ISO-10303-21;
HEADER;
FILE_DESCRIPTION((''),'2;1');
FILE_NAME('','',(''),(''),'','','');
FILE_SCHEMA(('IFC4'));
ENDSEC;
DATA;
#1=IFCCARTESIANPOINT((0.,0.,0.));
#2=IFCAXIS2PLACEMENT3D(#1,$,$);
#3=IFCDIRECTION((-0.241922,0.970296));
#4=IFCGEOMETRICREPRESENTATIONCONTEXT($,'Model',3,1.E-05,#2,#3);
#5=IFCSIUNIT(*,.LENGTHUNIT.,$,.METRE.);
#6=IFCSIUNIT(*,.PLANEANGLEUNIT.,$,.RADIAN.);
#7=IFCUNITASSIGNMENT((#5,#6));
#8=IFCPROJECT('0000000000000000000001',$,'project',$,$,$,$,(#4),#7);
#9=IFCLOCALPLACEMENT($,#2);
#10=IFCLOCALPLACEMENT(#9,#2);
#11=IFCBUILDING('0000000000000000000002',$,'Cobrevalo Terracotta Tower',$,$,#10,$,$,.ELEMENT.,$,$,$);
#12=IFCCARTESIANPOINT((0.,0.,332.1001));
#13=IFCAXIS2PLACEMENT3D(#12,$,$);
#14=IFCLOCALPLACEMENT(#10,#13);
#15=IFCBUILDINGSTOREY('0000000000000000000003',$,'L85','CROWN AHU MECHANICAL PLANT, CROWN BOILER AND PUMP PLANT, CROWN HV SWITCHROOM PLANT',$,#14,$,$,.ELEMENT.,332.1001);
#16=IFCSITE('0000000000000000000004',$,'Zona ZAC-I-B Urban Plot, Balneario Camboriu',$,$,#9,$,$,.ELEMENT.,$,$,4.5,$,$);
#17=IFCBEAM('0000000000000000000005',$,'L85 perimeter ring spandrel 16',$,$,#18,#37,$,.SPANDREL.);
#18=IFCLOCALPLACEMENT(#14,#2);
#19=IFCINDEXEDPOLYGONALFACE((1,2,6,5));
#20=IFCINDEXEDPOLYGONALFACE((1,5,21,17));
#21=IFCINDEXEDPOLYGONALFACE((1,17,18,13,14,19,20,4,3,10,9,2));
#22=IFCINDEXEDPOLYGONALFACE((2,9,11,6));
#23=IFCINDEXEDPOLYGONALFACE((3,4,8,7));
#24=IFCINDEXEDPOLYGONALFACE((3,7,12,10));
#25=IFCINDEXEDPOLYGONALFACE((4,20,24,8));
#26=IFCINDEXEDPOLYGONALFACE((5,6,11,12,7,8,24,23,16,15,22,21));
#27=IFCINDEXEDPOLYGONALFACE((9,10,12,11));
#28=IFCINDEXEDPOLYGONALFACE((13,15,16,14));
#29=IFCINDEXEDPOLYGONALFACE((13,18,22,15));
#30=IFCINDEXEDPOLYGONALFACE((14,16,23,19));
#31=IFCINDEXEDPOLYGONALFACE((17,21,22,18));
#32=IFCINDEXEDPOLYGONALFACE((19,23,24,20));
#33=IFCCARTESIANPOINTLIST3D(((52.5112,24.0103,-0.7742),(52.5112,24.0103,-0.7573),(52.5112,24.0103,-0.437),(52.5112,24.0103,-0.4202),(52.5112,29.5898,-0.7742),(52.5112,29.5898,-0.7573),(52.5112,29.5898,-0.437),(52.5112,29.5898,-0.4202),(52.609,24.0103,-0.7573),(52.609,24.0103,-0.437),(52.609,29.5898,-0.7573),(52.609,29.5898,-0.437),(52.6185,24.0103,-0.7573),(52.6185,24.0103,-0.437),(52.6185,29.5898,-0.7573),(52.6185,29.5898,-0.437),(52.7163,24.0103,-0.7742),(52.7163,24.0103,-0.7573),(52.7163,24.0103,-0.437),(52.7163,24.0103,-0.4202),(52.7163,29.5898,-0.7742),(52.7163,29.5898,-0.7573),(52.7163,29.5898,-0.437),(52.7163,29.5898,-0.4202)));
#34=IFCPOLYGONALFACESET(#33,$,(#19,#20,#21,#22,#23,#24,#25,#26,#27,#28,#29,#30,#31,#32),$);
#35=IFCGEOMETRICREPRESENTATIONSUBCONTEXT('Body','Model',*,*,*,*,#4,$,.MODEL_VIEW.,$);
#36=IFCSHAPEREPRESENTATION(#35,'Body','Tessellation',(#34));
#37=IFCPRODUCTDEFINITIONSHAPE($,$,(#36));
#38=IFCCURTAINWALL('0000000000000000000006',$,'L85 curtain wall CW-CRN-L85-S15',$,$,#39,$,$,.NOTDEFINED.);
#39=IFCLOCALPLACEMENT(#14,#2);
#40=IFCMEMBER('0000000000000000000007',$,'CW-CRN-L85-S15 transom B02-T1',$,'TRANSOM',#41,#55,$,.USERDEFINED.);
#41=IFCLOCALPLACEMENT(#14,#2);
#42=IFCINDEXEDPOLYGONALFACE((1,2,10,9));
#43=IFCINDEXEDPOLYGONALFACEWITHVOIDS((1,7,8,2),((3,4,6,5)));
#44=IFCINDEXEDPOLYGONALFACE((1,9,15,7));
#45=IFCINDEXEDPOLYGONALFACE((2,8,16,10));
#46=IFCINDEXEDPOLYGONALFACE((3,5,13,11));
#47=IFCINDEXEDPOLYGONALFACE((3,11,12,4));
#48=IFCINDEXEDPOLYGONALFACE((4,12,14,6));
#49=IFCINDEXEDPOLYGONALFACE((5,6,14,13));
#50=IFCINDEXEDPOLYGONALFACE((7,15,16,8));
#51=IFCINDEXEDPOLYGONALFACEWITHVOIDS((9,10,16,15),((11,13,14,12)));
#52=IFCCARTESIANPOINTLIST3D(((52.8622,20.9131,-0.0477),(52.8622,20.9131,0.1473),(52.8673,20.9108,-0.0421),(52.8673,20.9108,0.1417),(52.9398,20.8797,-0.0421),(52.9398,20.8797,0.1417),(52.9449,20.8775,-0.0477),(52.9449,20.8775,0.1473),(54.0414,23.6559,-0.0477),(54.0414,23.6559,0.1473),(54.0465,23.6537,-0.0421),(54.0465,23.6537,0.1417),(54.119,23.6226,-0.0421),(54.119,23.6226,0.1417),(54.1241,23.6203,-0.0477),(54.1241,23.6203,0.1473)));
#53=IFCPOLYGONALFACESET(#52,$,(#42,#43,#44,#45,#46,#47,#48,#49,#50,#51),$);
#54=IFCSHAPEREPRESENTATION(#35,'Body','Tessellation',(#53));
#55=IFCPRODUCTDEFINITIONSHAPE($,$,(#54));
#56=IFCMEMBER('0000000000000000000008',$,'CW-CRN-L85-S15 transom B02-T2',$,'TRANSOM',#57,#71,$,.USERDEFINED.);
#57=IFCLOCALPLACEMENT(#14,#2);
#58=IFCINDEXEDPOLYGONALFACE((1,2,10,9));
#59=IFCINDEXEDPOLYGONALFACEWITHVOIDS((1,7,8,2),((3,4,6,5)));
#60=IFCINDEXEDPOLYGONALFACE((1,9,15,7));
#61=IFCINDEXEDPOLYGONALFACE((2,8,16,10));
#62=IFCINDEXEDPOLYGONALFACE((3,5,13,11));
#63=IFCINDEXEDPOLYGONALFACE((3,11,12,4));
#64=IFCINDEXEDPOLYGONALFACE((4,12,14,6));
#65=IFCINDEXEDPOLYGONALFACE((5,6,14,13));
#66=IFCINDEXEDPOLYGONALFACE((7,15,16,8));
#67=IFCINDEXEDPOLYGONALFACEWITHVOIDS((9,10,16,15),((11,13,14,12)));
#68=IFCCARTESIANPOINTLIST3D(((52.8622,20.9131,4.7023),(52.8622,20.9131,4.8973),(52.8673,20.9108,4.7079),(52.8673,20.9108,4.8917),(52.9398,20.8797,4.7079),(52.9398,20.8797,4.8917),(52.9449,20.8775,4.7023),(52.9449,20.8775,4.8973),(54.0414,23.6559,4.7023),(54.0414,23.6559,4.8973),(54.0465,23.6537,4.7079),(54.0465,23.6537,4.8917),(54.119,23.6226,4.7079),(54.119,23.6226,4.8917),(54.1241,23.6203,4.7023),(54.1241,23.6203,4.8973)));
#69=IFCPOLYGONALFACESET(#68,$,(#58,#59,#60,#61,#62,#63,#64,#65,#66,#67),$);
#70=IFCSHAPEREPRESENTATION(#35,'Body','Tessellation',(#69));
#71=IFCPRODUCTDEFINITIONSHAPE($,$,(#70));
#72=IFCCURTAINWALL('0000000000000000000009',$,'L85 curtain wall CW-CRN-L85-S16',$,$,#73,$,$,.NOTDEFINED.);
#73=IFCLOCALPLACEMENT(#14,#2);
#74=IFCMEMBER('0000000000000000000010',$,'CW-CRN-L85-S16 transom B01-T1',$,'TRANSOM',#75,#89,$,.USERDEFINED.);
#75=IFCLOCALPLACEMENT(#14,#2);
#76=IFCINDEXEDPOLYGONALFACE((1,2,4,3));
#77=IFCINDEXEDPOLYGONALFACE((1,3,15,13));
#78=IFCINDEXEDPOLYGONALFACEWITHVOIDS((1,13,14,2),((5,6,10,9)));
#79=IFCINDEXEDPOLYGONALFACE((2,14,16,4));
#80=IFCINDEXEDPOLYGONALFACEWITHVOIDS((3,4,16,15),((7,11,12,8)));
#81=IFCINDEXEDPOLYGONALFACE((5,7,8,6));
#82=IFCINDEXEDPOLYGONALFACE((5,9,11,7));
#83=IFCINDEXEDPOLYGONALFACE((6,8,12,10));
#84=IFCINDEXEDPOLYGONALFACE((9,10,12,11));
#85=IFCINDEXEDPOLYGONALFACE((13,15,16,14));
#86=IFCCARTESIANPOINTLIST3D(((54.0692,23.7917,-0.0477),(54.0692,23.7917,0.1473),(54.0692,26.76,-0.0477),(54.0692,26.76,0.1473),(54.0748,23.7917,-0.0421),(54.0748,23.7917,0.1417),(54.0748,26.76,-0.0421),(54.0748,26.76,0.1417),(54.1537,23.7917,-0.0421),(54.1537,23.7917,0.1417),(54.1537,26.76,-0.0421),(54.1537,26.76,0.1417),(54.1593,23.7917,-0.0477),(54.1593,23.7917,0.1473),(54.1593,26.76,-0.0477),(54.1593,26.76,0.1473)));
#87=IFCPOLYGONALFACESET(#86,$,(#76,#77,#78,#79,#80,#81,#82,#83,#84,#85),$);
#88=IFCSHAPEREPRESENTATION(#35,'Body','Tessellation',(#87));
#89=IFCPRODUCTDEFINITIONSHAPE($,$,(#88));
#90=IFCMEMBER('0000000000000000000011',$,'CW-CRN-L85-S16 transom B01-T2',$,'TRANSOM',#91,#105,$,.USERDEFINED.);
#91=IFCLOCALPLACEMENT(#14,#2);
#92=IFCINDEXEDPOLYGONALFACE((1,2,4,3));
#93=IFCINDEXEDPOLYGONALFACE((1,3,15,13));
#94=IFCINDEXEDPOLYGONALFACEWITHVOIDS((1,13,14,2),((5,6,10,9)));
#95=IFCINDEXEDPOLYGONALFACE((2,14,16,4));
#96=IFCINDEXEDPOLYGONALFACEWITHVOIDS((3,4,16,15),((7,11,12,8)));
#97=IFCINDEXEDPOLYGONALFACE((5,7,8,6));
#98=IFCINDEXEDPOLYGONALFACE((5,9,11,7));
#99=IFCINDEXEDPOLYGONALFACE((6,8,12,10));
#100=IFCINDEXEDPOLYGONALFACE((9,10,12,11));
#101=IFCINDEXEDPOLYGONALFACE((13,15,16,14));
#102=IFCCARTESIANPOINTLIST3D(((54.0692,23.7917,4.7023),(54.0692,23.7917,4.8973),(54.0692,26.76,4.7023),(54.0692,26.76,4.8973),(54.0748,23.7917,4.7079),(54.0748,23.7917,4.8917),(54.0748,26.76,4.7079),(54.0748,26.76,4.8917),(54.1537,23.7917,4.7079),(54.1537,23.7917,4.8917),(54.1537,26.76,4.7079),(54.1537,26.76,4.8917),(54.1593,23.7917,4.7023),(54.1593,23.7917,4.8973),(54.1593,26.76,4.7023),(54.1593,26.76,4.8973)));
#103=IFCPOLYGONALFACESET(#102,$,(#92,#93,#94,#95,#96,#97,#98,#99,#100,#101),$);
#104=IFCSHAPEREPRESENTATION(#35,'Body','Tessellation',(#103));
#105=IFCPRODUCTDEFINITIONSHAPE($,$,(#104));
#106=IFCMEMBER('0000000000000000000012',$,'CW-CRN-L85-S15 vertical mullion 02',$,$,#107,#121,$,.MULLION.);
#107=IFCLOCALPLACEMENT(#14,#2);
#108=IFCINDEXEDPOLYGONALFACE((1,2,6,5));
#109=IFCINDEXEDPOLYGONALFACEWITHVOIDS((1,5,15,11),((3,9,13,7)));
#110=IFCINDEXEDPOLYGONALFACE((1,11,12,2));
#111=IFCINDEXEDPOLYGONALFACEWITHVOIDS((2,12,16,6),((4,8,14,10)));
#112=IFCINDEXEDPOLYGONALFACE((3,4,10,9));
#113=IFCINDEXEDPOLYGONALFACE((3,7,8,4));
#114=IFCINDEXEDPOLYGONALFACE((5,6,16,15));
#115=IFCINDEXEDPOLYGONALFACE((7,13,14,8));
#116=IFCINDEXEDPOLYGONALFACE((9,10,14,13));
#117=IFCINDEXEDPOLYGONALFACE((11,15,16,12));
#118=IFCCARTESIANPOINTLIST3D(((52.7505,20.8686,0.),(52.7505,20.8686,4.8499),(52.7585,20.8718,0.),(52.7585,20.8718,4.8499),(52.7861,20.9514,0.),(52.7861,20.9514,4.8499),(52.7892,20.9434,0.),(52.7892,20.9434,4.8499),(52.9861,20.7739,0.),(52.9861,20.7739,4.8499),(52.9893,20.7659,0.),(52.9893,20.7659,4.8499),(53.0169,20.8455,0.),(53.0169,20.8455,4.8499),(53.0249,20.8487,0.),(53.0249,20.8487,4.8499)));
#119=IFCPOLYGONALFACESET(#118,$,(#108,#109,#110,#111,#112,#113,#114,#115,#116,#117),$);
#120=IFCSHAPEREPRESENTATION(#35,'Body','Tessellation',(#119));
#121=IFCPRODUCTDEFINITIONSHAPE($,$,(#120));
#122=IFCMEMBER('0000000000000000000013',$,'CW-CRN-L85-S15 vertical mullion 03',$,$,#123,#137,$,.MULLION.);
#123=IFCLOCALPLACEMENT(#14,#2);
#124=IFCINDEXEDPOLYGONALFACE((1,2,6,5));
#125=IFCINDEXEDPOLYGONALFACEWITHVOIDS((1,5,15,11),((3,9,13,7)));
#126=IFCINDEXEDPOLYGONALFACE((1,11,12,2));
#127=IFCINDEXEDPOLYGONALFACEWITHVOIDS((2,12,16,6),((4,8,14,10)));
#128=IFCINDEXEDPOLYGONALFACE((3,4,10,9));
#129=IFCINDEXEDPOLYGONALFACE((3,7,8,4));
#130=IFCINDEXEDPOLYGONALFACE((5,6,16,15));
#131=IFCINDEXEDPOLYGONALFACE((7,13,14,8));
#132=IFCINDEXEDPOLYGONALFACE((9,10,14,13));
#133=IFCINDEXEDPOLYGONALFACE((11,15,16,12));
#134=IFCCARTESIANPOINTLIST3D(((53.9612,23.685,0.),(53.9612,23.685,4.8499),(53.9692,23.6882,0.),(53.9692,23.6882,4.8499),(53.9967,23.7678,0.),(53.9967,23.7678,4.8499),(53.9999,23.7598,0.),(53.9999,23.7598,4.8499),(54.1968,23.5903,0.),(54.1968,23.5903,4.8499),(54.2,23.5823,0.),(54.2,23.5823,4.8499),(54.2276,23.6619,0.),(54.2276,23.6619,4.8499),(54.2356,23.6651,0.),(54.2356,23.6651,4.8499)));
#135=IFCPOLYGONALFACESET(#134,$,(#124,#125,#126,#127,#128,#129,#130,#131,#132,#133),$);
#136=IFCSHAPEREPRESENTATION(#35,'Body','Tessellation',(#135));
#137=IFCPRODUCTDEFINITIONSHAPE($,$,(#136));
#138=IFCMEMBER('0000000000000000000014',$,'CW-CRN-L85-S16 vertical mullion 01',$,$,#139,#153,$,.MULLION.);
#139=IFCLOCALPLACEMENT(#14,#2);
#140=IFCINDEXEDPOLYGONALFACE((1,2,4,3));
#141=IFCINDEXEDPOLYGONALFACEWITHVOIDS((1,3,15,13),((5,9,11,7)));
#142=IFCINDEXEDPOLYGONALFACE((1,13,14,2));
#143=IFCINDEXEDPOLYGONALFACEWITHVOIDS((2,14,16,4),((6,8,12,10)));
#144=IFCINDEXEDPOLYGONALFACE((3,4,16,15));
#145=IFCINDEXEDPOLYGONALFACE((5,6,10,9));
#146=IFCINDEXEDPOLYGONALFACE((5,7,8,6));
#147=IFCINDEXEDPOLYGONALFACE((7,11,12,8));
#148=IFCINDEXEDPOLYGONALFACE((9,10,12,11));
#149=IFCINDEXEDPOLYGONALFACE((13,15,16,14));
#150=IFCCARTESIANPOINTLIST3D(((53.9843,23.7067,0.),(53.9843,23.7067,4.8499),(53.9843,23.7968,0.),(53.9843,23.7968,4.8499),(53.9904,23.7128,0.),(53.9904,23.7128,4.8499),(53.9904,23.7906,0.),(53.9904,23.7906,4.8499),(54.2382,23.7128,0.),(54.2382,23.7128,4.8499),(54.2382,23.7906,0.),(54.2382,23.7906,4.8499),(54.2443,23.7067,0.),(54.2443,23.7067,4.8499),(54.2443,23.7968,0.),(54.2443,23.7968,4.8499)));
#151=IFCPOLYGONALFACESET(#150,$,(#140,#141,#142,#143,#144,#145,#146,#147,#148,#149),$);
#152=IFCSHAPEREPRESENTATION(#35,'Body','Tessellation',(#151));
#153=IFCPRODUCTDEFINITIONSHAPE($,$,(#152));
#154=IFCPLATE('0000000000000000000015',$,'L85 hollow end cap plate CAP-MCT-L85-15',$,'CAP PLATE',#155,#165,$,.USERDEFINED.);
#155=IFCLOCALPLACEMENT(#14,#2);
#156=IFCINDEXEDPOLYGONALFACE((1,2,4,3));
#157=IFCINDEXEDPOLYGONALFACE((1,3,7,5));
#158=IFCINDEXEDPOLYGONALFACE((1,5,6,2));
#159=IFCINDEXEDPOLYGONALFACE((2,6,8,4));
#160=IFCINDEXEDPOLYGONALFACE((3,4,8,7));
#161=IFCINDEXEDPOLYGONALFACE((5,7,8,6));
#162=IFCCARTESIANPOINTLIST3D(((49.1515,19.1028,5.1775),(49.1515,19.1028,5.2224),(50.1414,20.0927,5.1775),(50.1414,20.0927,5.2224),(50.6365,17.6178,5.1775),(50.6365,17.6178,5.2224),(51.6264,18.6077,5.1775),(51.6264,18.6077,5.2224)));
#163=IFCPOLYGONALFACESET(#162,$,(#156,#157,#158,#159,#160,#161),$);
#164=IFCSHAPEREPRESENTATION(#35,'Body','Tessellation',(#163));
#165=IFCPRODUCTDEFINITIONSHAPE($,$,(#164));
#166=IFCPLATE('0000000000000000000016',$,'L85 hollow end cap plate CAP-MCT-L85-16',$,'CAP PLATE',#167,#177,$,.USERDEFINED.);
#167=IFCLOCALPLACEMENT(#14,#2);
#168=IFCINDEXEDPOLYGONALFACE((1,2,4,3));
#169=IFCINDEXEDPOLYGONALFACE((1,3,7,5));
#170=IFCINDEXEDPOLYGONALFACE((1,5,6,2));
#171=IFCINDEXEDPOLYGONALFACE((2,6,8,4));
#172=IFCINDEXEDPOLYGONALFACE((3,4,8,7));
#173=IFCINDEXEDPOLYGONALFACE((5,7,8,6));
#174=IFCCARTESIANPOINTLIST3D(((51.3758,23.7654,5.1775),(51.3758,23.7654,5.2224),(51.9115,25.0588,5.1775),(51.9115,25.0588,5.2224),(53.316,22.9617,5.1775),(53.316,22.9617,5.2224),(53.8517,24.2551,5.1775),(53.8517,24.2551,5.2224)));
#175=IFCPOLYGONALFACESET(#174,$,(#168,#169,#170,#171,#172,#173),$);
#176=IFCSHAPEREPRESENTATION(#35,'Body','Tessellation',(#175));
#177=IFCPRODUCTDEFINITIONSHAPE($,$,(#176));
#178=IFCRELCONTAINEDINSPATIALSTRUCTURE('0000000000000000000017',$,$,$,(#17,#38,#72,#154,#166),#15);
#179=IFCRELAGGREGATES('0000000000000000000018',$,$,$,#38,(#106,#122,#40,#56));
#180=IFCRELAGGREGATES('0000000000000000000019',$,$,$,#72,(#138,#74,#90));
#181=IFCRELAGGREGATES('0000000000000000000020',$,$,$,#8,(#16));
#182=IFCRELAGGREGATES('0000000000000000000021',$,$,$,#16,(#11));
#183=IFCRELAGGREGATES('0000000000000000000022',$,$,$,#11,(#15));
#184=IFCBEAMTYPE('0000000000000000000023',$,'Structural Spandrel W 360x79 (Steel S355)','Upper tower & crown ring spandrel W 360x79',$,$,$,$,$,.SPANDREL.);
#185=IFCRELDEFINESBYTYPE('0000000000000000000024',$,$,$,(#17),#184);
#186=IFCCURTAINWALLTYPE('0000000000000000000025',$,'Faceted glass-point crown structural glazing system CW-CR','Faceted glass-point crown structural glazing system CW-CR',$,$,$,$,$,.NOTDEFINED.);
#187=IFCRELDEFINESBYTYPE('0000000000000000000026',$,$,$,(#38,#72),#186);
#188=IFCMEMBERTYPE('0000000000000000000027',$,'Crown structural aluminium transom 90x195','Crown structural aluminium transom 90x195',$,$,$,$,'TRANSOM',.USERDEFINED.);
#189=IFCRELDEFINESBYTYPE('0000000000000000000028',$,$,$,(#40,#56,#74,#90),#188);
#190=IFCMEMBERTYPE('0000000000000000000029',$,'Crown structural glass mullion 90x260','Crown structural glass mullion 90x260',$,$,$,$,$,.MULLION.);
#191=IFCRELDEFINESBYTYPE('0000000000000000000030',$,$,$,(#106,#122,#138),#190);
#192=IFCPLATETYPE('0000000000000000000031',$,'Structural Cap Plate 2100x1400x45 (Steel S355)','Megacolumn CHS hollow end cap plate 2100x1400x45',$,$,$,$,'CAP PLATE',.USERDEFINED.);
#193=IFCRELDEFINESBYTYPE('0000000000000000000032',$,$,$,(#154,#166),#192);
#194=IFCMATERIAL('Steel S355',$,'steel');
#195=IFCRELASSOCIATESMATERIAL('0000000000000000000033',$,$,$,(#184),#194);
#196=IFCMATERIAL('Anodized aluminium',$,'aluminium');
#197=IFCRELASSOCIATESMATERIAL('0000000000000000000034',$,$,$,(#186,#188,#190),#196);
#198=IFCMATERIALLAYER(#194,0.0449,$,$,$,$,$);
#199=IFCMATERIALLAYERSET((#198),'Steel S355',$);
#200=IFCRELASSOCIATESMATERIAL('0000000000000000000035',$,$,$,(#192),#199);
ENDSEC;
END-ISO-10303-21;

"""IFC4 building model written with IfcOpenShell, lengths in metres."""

from ifc_helpers import new_model, si_unit, direction, frame, origin, origin_2d, place, context, subcontext, project, spatial, rectangle, hollow_rectangle, i_section, extrude, source, transform, mapped, material, layer, layer_set, material_profile, profile_set, type_object, element, aggregate, save


model = new_model("IFC4")

# Units and contexts
model_context = context("Model", 3, precision=1e-05, world=origin(), true_north=direction((-0.241922, 0.970296)))
body_context = subcontext(model_context, "Body", "Model", "MODEL_VIEW")
ifc_project = project(units=[si_unit("LENGTHUNIT", "METRE"), si_unit("PLANEANGLEUNIT", "RADIAN")], contexts=[model_context])

# Site, building, storey
site_placement = place(None, origin())
site = spatial("IfcSite", under=ifc_project, at=site_placement, Name="Zona ZAC-I-B Urban Plot, Balneario Camboriu", CompositionType="ELEMENT", RefElevation=4.5)
building_placement = place(site_placement, origin())
building = spatial("IfcBuilding", under=site, at=building_placement, Name="Cobrevalo Terracotta Tower", CompositionType="ELEMENT")
storey_placement = place(building_placement, frame((0.0, 0.0, 332.1001)))
storey = spatial("IfcBuildingStorey", under=building, at=storey_placement, Name="L85", Description="CROWN AHU MECHANICAL PLANT, CROWN BOILER AND PUMP PLANT, CROWN HV SWITCHROOM PLANT", CompositionType="ELEMENT", Elevation=332.1001)

# Shared definitions
ifc_material_1 = material(Name="Steel S355", Category="steel")

# Beam
ifc_material_profile_1 = material_profile(ifc_material_1, i_section(OverallWidth=0.2051, OverallDepth=0.354, WebThickness=0.0095, FlangeThickness=0.0168, at=origin_2d()), Name="W 360x79")
ifc_profile_set_1 = profile_set([ifc_material_profile_1], Name="Steel S355")
beam_type_1 = type_object("IfcBeamType", Name="Structural Spandrel W 360x79 (Steel S355)", Description="Upper tower & crown ring spandrel W 360x79", PredefinedType="SPANDREL", material=ifc_profile_set_1)
beam_1_placement = place(storey_placement, frame((52.6138, 24.0103, -0.5972), z_axis=(0.0, 1.0, 0.0), x_axis=(-1.0, 0.0, 0.0)))
element("IfcBeam", 1, at=beam_1_placement, inside=storey, type_object=beam_type_1, Name="L85 perimeter ring spandrel 16", PredefinedType="SPANDREL", context=body_context, shape_type="SweptSolid", body=[
    extrude(i_section(OverallWidth=0.2051, OverallDepth=0.354, WebThickness=0.0095, FlangeThickness=0.0168, at=origin_2d()), origin(), (0.0, 0.0, 1.0), 5.5796),
])

# Curtain walls, members
ifc_material_2 = material(Name="Anodized aluminium", Category="aluminium")
curtain_wall_type = type_object("IfcCurtainWallType", Name="Faceted glass-point crown structural glazing system CW-CR", Description="Faceted glass-point crown structural glazing system CW-CR", PredefinedType="NOTDEFINED", material=ifc_material_2)
curtain_wall_1_placement = place(storey_placement, origin())
curtain_wall_1 = element("IfcCurtainWall", 2, at=curtain_wall_1_placement, inside=storey, type_object=curtain_wall_type, Name="L85 curtain wall CW-CRN-L85-S15", PredefinedType="NOTDEFINED")
ifc_material_profile_2 = material_profile(ifc_material_2, hollow_rectangle(XDim=0.0901, YDim=0.1951, WallThickness=0.0056, at=origin_2d()), Name="CWT 90x195")
ifc_profile_set_2 = profile_set([ifc_material_profile_2], Name="Anodized aluminium")
member_type_1 = type_object("IfcMemberType", Name="Crown structural aluminium transom 90x195", Description="Crown structural aluminium transom 90x195", ElementType="TRANSOM", PredefinedType="USERDEFINED", material=ifc_profile_set_2)
shared_shape_1 = source(origin(), body_context, "Body", "SweptSolid", [
    extrude(hollow_rectangle(XDim=0.0901, YDim=0.1951, WallThickness=0.0056, at=origin_2d()), origin(), (0.0, 0.0, 1.0), 2.9856),
])
member_1_placement = place(storey_placement, frame((52.9036, 20.8953, 0.0498), z_axis=(0.394955, 0.9187, 0.0), x_axis=(-0.9187, 0.394955, 0.0)))
member_1 = element("IfcMember", 3, at=member_1_placement, type_object=member_type_1, Name="CW-CRN-L85-S15 transom B02-T1", ObjectType="TRANSOM", PredefinedType="USERDEFINED", context=body_context, shape_type="MappedRepresentation", body=[
    mapped(shared_shape_1, transform((0.0, 0.0, 0.0), scale=1.0)),
])
member_2_placement = place(storey_placement, frame((52.9036, 20.8953, 4.7998), z_axis=(0.394955, 0.9187, 0.0), x_axis=(-0.9187, 0.394955, 0.0)))
member_2 = element("IfcMember", 4, at=member_2_placement, type_object=member_type_1, Name="CW-CRN-L85-S15 transom B02-T2", ObjectType="TRANSOM", PredefinedType="USERDEFINED", context=body_context, shape_type="MappedRepresentation", body=[
    mapped(shared_shape_1, transform((0.0, 0.0, 0.0), scale=1.0)),
])
curtain_wall_2_placement = place(storey_placement, origin())
curtain_wall_2 = element("IfcCurtainWall", 5, at=curtain_wall_2_placement, inside=storey, type_object=curtain_wall_type, Name="L85 curtain wall CW-CRN-L85-S16", PredefinedType="NOTDEFINED")
shared_shape_2 = source(origin(), body_context, "Body", "SweptSolid", [
    extrude(hollow_rectangle(XDim=0.0901, YDim=0.1951, WallThickness=0.0056, at=origin_2d()), origin(), (0.0, 0.0, 1.0), 2.9683),
])
member_3_placement = place(storey_placement, frame((54.1143, 23.7917, 0.0498), z_axis=(0.0, 1.0, 0.0), x_axis=(-1.0, 0.0, 0.0)))
member_3 = element("IfcMember", 6, at=member_3_placement, type_object=member_type_1, Name="CW-CRN-L85-S16 transom B01-T1", ObjectType="TRANSOM", PredefinedType="USERDEFINED", context=body_context, shape_type="MappedRepresentation", body=[
    mapped(shared_shape_2, transform((0.0, 0.0, 0.0), scale=1.0)),
])
member_4_placement = place(storey_placement, frame((54.1143, 23.7917, 4.7998), z_axis=(0.0, 1.0, 0.0), x_axis=(-1.0, 0.0, 0.0)))
member_4 = element("IfcMember", 7, at=member_4_placement, type_object=member_type_1, Name="CW-CRN-L85-S16 transom B01-T2", ObjectType="TRANSOM", PredefinedType="USERDEFINED", context=body_context, shape_type="MappedRepresentation", body=[
    mapped(shared_shape_2, transform((0.0, 0.0, 0.0), scale=1.0)),
])

# Members
ifc_material_profile_3 = material_profile(ifc_material_2, hollow_rectangle(XDim=0.0901, YDim=0.26, WallThickness=0.0061, at=origin_2d()), Name="CWM 90x260")
ifc_profile_set_3 = profile_set([ifc_material_profile_3], Name="Anodized aluminium")
member_type_2 = type_object("IfcMemberType", Name="Crown structural glass mullion 90x260", Description="Crown structural glass mullion 90x260", PredefinedType="MULLION", material=ifc_profile_set_3)
shared_shape_3 = source(origin(), body_context, "Body", "SweptSolid", [
    extrude(hollow_rectangle(XDim=0.0901, YDim=0.26, WallThickness=0.0061, at=origin_2d()), origin(), (0.0, 0.0, 1.0), 4.8499),
])
member_5_placement = place(storey_placement, frame((52.8877, 20.8586, 0.0), z_axis=(0.0, 0.0, 1.0), x_axis=(0.394968, 0.918695, 0.0)))
member_5 = element("IfcMember", 8, at=member_5_placement, type_object=member_type_2, Name="CW-CRN-L85-S15 vertical mullion 02", PredefinedType="MULLION", context=body_context, shape_type="MappedRepresentation", body=[
    mapped(shared_shape_3, transform((0.0, 0.0, 0.0), scale=1.0)),
])
member_6_placement = place(storey_placement, frame((54.0984, 23.675, 0.0), z_axis=(0.0, 0.0, 1.0), x_axis=(0.394968, 0.918695, 0.0)))
member_6 = element("IfcMember", 9, at=member_6_placement, type_object=member_type_2, Name="CW-CRN-L85-S15 vertical mullion 03", PredefinedType="MULLION", context=body_context, shape_type="MappedRepresentation", body=[
    mapped(shared_shape_3, transform((0.0, 0.0, 0.0), scale=1.0)),
])
member_7_placement = place(storey_placement, frame((54.1143, 23.7517, 0.0), z_axis=(0.0, 0.0, 1.0), x_axis=(0.0, 1.0, 0.0)))
member_7 = element("IfcMember", 10, at=member_7_placement, type_object=member_type_2, Name="CW-CRN-L85-S16 vertical mullion 01", PredefinedType="MULLION", context=body_context, shape_type="MappedRepresentation", body=[
    mapped(shared_shape_3, transform((0.0, 0.0, 0.0), scale=1.0)),
])

# Plates
ifc_layer_1 = layer(ifc_material_1, 0.0449)
ifc_layer_set_1 = layer_set([ifc_layer_1], Name="Steel S355")
plate_type_1 = type_object("IfcPlateType", Name="Structural Cap Plate 2100x1400x45 (Steel S355)", Description="Megacolumn CHS hollow end cap plate 2100x1400x45", ElementType="CAP PLATE", PredefinedType="USERDEFINED", material=ifc_layer_set_1)
shared_shape_4 = source(origin(), body_context, "Body", "SweptSolid", [
    extrude(rectangle(XDim=2.1001, YDim=1.3999, at=origin_2d()), origin(), (0.0, 0.0, 1.0), 0.0449),
])
for number, where, z_axis, x_axis, name in (
    (11, (50.3889, 18.8552, 5.1775), (0.0, 0.0, 1.0), (0.707107, -0.707107, 0.0), "L85 hollow end cap plate CAP-MCT-L85-15"),
    (12, (52.6138, 24.0103, 5.1775), (0.0, 0.0, 1.0), (0.92388, -0.382683, 0.0), "L85 hollow end cap plate CAP-MCT-L85-16"),
):
    element("IfcPlate", number, at=place(storey_placement, frame(where, z_axis=z_axis, x_axis=x_axis)), inside=storey, type_object=plate_type_1, Name=name, ObjectType="CAP PLATE", PredefinedType="USERDEFINED", context=body_context, shape_type="MappedRepresentation", body=[
        mapped(shared_shape_4, transform((0.0, 0.0, 0.0), scale=1.0)),
    ])

aggregate(curtain_wall_1, [member_5, member_6, member_1, member_2])
aggregate(curtain_wall_2, [member_7, member_3, member_4])

save(model, "model.ifc")
